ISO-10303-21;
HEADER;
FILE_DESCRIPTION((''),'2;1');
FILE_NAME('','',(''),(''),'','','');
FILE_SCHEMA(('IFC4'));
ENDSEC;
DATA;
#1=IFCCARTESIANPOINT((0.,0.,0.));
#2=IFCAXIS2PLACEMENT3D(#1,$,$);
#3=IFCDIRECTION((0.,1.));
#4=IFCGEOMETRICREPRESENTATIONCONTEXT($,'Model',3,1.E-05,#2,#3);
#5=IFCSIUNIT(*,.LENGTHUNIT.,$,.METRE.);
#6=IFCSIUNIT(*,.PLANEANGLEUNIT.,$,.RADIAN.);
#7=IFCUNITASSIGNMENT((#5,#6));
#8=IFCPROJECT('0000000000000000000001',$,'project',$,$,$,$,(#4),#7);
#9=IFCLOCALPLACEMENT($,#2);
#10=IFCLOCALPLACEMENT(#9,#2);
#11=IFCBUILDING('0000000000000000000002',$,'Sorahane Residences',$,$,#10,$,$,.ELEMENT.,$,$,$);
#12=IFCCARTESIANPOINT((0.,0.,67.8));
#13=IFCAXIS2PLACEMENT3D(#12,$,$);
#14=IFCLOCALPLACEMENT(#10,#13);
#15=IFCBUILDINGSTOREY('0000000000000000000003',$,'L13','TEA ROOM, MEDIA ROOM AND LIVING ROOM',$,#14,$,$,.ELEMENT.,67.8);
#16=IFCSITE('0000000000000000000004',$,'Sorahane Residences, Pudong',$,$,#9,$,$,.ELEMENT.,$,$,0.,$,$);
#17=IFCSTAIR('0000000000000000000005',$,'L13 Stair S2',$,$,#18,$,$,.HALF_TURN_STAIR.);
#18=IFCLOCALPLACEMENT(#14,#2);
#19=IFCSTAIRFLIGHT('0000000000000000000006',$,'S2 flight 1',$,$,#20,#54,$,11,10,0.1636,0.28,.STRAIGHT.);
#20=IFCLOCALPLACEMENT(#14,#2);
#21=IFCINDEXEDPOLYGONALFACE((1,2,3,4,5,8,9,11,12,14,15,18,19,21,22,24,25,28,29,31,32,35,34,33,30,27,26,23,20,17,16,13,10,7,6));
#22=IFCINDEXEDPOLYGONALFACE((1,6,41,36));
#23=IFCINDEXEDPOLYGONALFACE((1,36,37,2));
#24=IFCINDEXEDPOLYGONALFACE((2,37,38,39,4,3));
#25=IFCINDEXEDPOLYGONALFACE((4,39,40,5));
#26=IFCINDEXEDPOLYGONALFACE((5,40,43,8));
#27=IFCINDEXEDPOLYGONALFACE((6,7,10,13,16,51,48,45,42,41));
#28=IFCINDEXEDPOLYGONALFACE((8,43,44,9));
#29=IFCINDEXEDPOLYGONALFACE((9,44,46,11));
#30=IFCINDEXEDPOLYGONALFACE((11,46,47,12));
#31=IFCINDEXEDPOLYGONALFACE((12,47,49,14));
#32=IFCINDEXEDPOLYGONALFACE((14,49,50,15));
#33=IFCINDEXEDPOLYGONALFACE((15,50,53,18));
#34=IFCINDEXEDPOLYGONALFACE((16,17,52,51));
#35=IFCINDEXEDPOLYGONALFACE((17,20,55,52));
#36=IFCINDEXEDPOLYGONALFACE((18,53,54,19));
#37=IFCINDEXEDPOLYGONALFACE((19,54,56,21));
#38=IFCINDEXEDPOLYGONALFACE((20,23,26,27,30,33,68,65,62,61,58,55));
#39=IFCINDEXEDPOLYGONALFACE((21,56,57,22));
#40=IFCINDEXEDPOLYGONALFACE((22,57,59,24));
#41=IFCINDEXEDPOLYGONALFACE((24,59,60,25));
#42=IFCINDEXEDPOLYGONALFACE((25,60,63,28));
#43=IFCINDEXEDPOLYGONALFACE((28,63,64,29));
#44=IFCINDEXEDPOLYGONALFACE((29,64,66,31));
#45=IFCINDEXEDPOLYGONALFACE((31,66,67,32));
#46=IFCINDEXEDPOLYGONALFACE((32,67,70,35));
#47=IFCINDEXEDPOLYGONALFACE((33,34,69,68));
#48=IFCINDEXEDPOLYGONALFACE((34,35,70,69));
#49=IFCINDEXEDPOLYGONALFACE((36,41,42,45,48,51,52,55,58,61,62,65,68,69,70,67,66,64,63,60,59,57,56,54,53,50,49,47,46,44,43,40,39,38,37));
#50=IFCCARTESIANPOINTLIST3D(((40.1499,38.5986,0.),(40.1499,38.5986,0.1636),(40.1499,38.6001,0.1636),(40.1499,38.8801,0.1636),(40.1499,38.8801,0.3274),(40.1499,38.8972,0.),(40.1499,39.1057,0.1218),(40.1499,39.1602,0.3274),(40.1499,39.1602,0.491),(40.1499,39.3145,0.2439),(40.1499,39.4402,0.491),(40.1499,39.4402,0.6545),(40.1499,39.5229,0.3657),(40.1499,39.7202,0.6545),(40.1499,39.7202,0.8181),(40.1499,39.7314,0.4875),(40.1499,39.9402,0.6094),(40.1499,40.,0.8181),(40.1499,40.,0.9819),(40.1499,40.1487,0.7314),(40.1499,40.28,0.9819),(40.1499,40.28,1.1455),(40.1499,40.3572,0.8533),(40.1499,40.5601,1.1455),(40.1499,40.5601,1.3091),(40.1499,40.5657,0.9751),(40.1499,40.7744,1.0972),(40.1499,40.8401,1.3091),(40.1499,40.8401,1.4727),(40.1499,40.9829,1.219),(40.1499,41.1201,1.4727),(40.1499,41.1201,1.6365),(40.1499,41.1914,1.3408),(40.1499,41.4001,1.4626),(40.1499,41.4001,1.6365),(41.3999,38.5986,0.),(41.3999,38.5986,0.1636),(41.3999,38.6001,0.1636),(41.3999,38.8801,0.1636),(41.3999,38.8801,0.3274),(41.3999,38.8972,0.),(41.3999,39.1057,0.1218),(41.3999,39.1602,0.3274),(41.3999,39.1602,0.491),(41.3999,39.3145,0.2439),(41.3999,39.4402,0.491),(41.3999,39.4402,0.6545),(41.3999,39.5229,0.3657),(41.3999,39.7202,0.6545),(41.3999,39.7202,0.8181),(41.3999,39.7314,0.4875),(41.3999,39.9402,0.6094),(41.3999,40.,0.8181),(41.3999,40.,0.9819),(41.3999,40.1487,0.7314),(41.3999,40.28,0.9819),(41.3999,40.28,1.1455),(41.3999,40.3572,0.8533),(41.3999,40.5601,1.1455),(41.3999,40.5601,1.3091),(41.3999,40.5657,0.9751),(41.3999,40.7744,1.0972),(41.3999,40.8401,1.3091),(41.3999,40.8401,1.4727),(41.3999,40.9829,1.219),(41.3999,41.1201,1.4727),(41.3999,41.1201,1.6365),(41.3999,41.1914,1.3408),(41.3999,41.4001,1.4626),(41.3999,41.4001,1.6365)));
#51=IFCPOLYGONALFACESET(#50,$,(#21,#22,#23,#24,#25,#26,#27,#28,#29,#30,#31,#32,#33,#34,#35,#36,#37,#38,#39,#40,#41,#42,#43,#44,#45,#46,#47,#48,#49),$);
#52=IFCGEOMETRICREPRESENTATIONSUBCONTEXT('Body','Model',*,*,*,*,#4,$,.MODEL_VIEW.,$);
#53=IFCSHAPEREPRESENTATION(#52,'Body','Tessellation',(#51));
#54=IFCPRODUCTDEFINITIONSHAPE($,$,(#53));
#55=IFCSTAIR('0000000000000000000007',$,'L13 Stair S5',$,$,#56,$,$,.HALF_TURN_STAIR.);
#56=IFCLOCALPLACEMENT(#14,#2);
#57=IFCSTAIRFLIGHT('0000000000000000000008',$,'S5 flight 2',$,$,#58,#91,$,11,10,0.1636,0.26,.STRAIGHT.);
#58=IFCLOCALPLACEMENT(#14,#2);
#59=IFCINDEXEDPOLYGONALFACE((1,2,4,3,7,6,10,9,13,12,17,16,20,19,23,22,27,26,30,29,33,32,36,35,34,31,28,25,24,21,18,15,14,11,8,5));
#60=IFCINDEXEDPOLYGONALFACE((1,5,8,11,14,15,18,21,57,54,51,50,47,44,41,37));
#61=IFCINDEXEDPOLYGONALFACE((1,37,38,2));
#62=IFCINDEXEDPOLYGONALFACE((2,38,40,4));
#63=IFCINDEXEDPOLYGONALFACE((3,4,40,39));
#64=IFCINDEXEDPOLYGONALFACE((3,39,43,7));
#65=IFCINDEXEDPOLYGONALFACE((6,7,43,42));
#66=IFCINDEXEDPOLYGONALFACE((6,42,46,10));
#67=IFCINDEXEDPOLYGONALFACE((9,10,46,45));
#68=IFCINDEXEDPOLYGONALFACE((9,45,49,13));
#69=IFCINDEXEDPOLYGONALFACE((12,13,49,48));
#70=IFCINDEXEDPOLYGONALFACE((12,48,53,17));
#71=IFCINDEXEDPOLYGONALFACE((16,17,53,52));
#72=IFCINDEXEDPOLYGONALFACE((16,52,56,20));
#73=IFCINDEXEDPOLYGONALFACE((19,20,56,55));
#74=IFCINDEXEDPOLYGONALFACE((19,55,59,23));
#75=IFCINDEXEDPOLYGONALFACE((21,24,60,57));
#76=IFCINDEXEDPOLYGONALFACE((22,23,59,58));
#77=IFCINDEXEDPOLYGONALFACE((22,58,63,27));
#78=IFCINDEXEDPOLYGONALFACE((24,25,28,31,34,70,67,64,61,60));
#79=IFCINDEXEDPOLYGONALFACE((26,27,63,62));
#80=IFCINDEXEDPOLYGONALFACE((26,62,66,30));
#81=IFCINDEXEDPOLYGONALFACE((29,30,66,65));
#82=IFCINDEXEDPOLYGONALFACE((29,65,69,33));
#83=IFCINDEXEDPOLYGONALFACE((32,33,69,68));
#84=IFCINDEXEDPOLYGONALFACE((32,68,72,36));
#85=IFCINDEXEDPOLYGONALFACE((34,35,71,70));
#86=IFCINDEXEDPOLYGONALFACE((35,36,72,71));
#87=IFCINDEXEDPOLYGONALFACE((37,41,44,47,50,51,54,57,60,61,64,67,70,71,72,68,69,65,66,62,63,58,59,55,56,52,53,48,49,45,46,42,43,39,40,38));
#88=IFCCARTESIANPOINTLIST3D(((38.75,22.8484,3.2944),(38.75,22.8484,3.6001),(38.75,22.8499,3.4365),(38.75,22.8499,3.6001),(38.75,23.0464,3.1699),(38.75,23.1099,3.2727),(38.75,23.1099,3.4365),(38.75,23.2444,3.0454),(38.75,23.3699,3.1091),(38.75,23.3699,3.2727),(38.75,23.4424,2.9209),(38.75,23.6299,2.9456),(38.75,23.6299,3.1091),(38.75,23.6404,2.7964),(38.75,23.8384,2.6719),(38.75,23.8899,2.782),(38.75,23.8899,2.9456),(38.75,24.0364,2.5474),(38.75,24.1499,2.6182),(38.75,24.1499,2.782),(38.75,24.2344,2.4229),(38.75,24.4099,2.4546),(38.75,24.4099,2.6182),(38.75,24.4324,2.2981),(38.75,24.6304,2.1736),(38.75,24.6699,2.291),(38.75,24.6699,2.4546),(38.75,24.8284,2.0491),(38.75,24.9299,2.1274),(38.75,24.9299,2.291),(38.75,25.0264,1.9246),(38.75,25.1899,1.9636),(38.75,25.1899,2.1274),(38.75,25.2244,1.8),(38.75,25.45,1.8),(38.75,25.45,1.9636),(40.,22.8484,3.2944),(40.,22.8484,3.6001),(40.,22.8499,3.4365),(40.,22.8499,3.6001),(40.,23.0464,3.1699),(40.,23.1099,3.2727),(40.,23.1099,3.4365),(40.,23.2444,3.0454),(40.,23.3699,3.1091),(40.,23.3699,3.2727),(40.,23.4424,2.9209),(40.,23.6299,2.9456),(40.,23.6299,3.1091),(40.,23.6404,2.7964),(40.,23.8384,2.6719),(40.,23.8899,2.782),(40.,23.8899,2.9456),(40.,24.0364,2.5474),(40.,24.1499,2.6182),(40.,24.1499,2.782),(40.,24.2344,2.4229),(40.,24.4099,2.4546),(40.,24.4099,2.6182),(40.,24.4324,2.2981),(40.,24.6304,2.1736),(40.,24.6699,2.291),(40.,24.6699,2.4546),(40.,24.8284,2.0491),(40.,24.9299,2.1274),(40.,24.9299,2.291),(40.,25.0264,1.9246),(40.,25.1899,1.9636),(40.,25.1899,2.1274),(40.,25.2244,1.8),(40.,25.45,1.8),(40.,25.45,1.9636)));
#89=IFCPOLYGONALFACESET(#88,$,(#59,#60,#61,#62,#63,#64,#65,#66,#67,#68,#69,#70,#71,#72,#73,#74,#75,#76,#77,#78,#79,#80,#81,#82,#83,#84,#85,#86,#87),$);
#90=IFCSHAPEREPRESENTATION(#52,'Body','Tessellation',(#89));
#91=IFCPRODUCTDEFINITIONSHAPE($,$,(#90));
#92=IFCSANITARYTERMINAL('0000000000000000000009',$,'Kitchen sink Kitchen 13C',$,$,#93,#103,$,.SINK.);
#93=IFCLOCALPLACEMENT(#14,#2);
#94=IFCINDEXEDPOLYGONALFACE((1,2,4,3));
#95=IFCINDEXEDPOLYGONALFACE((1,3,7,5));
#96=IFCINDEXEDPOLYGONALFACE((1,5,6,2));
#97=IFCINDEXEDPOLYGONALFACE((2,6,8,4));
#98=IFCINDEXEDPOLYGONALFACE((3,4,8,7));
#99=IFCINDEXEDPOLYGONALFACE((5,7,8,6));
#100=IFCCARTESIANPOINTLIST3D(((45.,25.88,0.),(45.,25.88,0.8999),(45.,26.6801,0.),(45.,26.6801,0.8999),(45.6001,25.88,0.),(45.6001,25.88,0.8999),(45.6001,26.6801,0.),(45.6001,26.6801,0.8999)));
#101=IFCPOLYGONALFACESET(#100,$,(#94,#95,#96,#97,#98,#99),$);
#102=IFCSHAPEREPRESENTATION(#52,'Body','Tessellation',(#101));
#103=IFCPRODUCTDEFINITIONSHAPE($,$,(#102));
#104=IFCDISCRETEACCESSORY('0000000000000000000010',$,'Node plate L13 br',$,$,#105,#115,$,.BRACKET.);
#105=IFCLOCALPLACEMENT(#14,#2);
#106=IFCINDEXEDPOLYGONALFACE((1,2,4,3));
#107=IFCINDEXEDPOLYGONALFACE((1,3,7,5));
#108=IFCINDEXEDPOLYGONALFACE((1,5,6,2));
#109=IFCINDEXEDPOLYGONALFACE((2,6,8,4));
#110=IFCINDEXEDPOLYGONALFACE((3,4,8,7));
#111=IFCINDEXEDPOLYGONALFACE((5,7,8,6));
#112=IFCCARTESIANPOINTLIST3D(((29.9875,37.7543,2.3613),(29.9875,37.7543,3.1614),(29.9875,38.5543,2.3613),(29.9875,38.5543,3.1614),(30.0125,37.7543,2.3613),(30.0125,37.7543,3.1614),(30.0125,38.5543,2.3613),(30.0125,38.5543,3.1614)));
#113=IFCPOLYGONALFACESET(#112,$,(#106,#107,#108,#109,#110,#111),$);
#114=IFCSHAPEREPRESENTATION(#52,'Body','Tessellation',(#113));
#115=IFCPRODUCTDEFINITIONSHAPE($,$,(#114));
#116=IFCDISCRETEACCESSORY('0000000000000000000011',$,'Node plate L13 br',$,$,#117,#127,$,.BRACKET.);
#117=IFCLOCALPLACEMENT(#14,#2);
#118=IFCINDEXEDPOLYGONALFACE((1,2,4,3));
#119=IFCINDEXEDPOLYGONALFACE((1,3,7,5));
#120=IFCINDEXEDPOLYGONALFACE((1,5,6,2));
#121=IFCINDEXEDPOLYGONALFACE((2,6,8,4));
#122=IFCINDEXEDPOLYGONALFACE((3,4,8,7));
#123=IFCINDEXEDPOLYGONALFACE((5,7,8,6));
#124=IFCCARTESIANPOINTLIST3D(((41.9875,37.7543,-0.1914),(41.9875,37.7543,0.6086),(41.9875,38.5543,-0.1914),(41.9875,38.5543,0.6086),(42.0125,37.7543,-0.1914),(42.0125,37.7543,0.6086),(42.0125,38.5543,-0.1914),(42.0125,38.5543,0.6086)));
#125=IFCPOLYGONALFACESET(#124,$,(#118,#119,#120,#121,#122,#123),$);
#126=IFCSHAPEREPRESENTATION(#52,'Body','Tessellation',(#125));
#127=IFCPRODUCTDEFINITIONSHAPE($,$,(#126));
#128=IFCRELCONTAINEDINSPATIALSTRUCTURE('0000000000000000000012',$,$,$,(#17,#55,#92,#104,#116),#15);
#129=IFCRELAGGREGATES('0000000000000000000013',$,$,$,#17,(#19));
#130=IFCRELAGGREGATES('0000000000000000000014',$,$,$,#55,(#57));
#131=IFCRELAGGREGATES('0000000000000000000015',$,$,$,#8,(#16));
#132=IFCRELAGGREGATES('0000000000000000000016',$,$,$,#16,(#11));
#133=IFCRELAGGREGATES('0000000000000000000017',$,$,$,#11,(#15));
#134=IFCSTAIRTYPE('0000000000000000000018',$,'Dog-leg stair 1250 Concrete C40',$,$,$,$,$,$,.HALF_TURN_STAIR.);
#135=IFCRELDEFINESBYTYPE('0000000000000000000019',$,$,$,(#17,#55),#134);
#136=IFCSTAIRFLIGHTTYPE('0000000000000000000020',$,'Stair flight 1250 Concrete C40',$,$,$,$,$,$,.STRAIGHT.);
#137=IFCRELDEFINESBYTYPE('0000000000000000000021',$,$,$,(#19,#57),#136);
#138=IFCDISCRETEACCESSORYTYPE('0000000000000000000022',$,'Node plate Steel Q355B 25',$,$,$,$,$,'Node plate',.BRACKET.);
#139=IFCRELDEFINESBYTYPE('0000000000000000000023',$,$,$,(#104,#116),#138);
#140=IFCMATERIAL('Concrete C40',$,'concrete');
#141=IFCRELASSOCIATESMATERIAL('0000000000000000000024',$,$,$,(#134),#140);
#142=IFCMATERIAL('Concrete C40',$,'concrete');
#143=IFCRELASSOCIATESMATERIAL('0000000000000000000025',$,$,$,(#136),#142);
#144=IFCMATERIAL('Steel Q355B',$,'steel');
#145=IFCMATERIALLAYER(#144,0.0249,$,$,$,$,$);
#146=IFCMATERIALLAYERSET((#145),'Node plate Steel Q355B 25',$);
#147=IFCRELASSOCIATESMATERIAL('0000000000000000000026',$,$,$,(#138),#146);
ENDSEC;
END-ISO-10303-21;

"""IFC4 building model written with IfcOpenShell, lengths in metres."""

from ifc_helpers import new_model, si_unit, direction, frame, origin, origin_2d, place, context, subcontext, project, spatial, polyline, rectangle, outline, extrude, material, layer, layer_set, type_object, element, aggregate, save


model = new_model("IFC4")

# Units and contexts
model_context = context("Model", 3, precision=1e-05, world=origin(), true_north=direction((0.0, 1.0)))
body_context = subcontext(model_context, "Body", "Model", "MODEL_VIEW")
ifc_project = project(units=[si_unit("LENGTHUNIT", "METRE"), si_unit("PLANEANGLEUNIT", "RADIAN")], contexts=[model_context])

# Site, building, storey
site_placement = place(None, origin())
site = spatial("IfcSite", under=ifc_project, at=site_placement, Name="Sorahane Residences, Pudong", CompositionType="ELEMENT", RefElevation=0.0)
building_placement = place(site_placement, origin())
building = spatial("IfcBuilding", under=site, at=building_placement, Name="Sorahane Residences", CompositionType="ELEMENT")
storey_placement = place(building_placement, frame((0.0, 0.0, 67.8)))
storey = spatial("IfcBuildingStorey", under=building, at=storey_placement, Name="L13", Description="TEA ROOM, MEDIA ROOM AND LIVING ROOM", CompositionType="ELEMENT", Elevation=67.8)

# Stairs, stair flights
ifc_material_1 = material(Name="Concrete C40", Category="concrete")
stair_type = type_object("IfcStairType", Name="Dog-leg stair 1250 Concrete C40", PredefinedType="HALF_TURN_STAIR", material=ifc_material_1)
stair_1_placement = place(storey_placement, origin())
stair_1 = element("IfcStair", 1, at=stair_1_placement, inside=storey, type_object=stair_type, Name="L13 Stair S2", PredefinedType="HALF_TURN_STAIR")
ifc_material_2 = material(Name="Concrete C40", Category="concrete")
stair_flight_type = type_object("IfcStairFlightType", Name="Stair flight 1250 Concrete C40", PredefinedType="STRAIGHT", material=ifc_material_2)
stair_flight_1_placement = place(storey_placement, frame((40.7749, 38.6001, 0.0), z_axis=(0.0, 0.0, 1.0), x_axis=(0.0, 1.0, 0.0)))
stair_flight_1 = element("IfcStairFlight", 2, at=stair_flight_1_placement, type_object=stair_flight_type, Name="S2 flight 1", NumberOfRisers=11, NumberOfTreads=10, PredefinedType="STRAIGHT", RiserHeight=0.1636, TreadLength=0.28, context=body_context, shape_type="SweptSolid", body=[
    extrude(outline(polyline([(-0.0015, 0.0), (-0.0015, 0.1636), (0.0, 0.1636), (0.28, 0.1636), (0.28, 0.3274), (0.5601, 0.3274), (0.5601, 0.491), (0.8401, 0.491), (0.8401, 0.6545), (1.1201, 0.6545), (1.1201, 0.8181), (1.3999, 0.8181), (1.3999, 0.9819), (1.6799, 0.9819), (1.6799, 1.1455), (1.96, 1.1455), (1.96, 1.3091), (2.24, 1.3091), (2.24, 1.4727), (2.52, 1.4727), (2.52, 1.6365), (2.8, 1.6365), (2.8, 1.8), (2.8, 1.4626), (2.5913, 1.3408), (2.3828, 1.219), (2.1743, 1.0972), (1.9656, 0.9751), (1.7571, 0.8533), (1.5486, 0.7314), (1.3401, 0.6094), (1.1313, 0.4875), (0.9229, 0.3657), (0.7144, 0.2439), (0.5056, 0.1218), (0.2971, 0.0), (-0.0015, 0.0)])), frame((0.0, 0.625, 0.0), z_axis=(0.0, -1.0, 0.0), x_axis=(1.0, 0.0, 0.0)), (0.0, 0.0, 1.0), 1.25),
])
aggregate(stair_1, [stair_flight_1])
stair_2_placement = place(storey_placement, origin())
stair_2 = element("IfcStair", 3, at=stair_2_placement, inside=storey, type_object=stair_type, Name="L13 Stair S5", PredefinedType="HALF_TURN_STAIR")
stair_flight_2_placement = place(storey_placement, frame((39.375, 25.45, 1.8), z_axis=(0.0, 0.0, 1.0), x_axis=(0.0, -1.0, 0.0)))
stair_flight_2 = element("IfcStairFlight", 4, at=stair_flight_2_placement, type_object=stair_flight_type, Name="S5 flight 2", NumberOfRisers=11, NumberOfTreads=10, PredefinedType="STRAIGHT", RiserHeight=0.1636, TreadLength=0.26, context=body_context, shape_type="SweptSolid", body=[
    extrude(outline(polyline([(0.0, 0.0), (0.0, 0.1636), (0.26, 0.1636), (0.26, 0.3274), (0.52, 0.3274), (0.52, 0.491), (0.78, 0.491), (0.78, 0.6545), (1.04, 0.6545), (1.04, 0.8181), (1.3, 0.8181), (1.3, 0.9819), (1.5601, 0.9819), (1.5601, 1.1455), (1.8201, 1.1455), (1.8201, 1.3091), (2.0801, 1.3091), (2.0801, 1.4727), (2.3401, 1.4727), (2.3401, 1.6365), (2.6001, 1.6365), (2.6001, 1.8), (2.6016, 1.8), (2.6016, 1.4944), (2.4036, 1.3699), (2.2056, 1.2454), (2.0076, 1.1208), (1.8096, 0.9963), (1.6116, 0.8718), (1.4136, 0.7473), (1.2156, 0.6228), (1.0176, 0.498), (0.8196, 0.3735), (0.6216, 0.249), (0.4236, 0.1245), (0.2256, 0.0), (0.0, 0.0)])), frame((0.0, 0.625, 0.0), z_axis=(0.0, -1.0, 0.0), x_axis=(1.0, 0.0, 0.0)), (0.0, 0.0, 1.0), 1.25),
])
aggregate(stair_2, [stair_flight_2])

# Sanitary terminal
sanitary_terminal_placement = place(storey_placement, frame((45.3, 26.28, 0.0), z_axis=(0.0, 0.0, 1.0), x_axis=(0.0, 1.0, 0.0)))
element("IfcSanitaryTerminal", 5, at=sanitary_terminal_placement, inside=storey, Name="Kitchen sink Kitchen 13C", PredefinedType="SINK", context=body_context, shape_type="SweptSolid", body=[
    extrude(rectangle(XDim=0.8, YDim=0.6001, at=origin_2d()), origin(), (0.0, 0.0, 1.0), 0.8999),
])

# Discrete accessories
ifc_material_3 = material(Name="Steel Q355B", Category="steel")
ifc_layer_1 = layer(ifc_material_3, 0.0249)
ifc_layer_set_1 = layer_set([ifc_layer_1], Name="Node plate Steel Q355B 25")
discrete_accessory_type = type_object("IfcDiscreteAccessoryType", Name="Node plate Steel Q355B 25", ElementType="Node plate", PredefinedType="BRACKET", material=ifc_layer_set_1)
for number, where, z_axis, x_axis, name in (
    (6, (30.0, 38.1543, 2.3613), (0.0, 0.0, 1.0), (0.0, 1.0, 0.0), "Node plate L13 br"),
    (7, (42.0, 38.1543, -0.1914), (0.0, 0.0, 1.0), (0.0, 1.0, 0.0), "Node plate L13 br"),
):
    element("IfcDiscreteAccessory", number, at=place(storey_placement, frame(where, z_axis=z_axis, x_axis=x_axis)), inside=storey, type_object=discrete_accessory_type, Name=name, PredefinedType="BRACKET", context=body_context, shape_type="SweptSolid", body=[
        extrude(rectangle(XDim=0.8, YDim=0.0249, at=origin_2d()), origin(), (0.0, 0.0, 1.0), 0.8),
    ])

save(model, "model.ifc")
